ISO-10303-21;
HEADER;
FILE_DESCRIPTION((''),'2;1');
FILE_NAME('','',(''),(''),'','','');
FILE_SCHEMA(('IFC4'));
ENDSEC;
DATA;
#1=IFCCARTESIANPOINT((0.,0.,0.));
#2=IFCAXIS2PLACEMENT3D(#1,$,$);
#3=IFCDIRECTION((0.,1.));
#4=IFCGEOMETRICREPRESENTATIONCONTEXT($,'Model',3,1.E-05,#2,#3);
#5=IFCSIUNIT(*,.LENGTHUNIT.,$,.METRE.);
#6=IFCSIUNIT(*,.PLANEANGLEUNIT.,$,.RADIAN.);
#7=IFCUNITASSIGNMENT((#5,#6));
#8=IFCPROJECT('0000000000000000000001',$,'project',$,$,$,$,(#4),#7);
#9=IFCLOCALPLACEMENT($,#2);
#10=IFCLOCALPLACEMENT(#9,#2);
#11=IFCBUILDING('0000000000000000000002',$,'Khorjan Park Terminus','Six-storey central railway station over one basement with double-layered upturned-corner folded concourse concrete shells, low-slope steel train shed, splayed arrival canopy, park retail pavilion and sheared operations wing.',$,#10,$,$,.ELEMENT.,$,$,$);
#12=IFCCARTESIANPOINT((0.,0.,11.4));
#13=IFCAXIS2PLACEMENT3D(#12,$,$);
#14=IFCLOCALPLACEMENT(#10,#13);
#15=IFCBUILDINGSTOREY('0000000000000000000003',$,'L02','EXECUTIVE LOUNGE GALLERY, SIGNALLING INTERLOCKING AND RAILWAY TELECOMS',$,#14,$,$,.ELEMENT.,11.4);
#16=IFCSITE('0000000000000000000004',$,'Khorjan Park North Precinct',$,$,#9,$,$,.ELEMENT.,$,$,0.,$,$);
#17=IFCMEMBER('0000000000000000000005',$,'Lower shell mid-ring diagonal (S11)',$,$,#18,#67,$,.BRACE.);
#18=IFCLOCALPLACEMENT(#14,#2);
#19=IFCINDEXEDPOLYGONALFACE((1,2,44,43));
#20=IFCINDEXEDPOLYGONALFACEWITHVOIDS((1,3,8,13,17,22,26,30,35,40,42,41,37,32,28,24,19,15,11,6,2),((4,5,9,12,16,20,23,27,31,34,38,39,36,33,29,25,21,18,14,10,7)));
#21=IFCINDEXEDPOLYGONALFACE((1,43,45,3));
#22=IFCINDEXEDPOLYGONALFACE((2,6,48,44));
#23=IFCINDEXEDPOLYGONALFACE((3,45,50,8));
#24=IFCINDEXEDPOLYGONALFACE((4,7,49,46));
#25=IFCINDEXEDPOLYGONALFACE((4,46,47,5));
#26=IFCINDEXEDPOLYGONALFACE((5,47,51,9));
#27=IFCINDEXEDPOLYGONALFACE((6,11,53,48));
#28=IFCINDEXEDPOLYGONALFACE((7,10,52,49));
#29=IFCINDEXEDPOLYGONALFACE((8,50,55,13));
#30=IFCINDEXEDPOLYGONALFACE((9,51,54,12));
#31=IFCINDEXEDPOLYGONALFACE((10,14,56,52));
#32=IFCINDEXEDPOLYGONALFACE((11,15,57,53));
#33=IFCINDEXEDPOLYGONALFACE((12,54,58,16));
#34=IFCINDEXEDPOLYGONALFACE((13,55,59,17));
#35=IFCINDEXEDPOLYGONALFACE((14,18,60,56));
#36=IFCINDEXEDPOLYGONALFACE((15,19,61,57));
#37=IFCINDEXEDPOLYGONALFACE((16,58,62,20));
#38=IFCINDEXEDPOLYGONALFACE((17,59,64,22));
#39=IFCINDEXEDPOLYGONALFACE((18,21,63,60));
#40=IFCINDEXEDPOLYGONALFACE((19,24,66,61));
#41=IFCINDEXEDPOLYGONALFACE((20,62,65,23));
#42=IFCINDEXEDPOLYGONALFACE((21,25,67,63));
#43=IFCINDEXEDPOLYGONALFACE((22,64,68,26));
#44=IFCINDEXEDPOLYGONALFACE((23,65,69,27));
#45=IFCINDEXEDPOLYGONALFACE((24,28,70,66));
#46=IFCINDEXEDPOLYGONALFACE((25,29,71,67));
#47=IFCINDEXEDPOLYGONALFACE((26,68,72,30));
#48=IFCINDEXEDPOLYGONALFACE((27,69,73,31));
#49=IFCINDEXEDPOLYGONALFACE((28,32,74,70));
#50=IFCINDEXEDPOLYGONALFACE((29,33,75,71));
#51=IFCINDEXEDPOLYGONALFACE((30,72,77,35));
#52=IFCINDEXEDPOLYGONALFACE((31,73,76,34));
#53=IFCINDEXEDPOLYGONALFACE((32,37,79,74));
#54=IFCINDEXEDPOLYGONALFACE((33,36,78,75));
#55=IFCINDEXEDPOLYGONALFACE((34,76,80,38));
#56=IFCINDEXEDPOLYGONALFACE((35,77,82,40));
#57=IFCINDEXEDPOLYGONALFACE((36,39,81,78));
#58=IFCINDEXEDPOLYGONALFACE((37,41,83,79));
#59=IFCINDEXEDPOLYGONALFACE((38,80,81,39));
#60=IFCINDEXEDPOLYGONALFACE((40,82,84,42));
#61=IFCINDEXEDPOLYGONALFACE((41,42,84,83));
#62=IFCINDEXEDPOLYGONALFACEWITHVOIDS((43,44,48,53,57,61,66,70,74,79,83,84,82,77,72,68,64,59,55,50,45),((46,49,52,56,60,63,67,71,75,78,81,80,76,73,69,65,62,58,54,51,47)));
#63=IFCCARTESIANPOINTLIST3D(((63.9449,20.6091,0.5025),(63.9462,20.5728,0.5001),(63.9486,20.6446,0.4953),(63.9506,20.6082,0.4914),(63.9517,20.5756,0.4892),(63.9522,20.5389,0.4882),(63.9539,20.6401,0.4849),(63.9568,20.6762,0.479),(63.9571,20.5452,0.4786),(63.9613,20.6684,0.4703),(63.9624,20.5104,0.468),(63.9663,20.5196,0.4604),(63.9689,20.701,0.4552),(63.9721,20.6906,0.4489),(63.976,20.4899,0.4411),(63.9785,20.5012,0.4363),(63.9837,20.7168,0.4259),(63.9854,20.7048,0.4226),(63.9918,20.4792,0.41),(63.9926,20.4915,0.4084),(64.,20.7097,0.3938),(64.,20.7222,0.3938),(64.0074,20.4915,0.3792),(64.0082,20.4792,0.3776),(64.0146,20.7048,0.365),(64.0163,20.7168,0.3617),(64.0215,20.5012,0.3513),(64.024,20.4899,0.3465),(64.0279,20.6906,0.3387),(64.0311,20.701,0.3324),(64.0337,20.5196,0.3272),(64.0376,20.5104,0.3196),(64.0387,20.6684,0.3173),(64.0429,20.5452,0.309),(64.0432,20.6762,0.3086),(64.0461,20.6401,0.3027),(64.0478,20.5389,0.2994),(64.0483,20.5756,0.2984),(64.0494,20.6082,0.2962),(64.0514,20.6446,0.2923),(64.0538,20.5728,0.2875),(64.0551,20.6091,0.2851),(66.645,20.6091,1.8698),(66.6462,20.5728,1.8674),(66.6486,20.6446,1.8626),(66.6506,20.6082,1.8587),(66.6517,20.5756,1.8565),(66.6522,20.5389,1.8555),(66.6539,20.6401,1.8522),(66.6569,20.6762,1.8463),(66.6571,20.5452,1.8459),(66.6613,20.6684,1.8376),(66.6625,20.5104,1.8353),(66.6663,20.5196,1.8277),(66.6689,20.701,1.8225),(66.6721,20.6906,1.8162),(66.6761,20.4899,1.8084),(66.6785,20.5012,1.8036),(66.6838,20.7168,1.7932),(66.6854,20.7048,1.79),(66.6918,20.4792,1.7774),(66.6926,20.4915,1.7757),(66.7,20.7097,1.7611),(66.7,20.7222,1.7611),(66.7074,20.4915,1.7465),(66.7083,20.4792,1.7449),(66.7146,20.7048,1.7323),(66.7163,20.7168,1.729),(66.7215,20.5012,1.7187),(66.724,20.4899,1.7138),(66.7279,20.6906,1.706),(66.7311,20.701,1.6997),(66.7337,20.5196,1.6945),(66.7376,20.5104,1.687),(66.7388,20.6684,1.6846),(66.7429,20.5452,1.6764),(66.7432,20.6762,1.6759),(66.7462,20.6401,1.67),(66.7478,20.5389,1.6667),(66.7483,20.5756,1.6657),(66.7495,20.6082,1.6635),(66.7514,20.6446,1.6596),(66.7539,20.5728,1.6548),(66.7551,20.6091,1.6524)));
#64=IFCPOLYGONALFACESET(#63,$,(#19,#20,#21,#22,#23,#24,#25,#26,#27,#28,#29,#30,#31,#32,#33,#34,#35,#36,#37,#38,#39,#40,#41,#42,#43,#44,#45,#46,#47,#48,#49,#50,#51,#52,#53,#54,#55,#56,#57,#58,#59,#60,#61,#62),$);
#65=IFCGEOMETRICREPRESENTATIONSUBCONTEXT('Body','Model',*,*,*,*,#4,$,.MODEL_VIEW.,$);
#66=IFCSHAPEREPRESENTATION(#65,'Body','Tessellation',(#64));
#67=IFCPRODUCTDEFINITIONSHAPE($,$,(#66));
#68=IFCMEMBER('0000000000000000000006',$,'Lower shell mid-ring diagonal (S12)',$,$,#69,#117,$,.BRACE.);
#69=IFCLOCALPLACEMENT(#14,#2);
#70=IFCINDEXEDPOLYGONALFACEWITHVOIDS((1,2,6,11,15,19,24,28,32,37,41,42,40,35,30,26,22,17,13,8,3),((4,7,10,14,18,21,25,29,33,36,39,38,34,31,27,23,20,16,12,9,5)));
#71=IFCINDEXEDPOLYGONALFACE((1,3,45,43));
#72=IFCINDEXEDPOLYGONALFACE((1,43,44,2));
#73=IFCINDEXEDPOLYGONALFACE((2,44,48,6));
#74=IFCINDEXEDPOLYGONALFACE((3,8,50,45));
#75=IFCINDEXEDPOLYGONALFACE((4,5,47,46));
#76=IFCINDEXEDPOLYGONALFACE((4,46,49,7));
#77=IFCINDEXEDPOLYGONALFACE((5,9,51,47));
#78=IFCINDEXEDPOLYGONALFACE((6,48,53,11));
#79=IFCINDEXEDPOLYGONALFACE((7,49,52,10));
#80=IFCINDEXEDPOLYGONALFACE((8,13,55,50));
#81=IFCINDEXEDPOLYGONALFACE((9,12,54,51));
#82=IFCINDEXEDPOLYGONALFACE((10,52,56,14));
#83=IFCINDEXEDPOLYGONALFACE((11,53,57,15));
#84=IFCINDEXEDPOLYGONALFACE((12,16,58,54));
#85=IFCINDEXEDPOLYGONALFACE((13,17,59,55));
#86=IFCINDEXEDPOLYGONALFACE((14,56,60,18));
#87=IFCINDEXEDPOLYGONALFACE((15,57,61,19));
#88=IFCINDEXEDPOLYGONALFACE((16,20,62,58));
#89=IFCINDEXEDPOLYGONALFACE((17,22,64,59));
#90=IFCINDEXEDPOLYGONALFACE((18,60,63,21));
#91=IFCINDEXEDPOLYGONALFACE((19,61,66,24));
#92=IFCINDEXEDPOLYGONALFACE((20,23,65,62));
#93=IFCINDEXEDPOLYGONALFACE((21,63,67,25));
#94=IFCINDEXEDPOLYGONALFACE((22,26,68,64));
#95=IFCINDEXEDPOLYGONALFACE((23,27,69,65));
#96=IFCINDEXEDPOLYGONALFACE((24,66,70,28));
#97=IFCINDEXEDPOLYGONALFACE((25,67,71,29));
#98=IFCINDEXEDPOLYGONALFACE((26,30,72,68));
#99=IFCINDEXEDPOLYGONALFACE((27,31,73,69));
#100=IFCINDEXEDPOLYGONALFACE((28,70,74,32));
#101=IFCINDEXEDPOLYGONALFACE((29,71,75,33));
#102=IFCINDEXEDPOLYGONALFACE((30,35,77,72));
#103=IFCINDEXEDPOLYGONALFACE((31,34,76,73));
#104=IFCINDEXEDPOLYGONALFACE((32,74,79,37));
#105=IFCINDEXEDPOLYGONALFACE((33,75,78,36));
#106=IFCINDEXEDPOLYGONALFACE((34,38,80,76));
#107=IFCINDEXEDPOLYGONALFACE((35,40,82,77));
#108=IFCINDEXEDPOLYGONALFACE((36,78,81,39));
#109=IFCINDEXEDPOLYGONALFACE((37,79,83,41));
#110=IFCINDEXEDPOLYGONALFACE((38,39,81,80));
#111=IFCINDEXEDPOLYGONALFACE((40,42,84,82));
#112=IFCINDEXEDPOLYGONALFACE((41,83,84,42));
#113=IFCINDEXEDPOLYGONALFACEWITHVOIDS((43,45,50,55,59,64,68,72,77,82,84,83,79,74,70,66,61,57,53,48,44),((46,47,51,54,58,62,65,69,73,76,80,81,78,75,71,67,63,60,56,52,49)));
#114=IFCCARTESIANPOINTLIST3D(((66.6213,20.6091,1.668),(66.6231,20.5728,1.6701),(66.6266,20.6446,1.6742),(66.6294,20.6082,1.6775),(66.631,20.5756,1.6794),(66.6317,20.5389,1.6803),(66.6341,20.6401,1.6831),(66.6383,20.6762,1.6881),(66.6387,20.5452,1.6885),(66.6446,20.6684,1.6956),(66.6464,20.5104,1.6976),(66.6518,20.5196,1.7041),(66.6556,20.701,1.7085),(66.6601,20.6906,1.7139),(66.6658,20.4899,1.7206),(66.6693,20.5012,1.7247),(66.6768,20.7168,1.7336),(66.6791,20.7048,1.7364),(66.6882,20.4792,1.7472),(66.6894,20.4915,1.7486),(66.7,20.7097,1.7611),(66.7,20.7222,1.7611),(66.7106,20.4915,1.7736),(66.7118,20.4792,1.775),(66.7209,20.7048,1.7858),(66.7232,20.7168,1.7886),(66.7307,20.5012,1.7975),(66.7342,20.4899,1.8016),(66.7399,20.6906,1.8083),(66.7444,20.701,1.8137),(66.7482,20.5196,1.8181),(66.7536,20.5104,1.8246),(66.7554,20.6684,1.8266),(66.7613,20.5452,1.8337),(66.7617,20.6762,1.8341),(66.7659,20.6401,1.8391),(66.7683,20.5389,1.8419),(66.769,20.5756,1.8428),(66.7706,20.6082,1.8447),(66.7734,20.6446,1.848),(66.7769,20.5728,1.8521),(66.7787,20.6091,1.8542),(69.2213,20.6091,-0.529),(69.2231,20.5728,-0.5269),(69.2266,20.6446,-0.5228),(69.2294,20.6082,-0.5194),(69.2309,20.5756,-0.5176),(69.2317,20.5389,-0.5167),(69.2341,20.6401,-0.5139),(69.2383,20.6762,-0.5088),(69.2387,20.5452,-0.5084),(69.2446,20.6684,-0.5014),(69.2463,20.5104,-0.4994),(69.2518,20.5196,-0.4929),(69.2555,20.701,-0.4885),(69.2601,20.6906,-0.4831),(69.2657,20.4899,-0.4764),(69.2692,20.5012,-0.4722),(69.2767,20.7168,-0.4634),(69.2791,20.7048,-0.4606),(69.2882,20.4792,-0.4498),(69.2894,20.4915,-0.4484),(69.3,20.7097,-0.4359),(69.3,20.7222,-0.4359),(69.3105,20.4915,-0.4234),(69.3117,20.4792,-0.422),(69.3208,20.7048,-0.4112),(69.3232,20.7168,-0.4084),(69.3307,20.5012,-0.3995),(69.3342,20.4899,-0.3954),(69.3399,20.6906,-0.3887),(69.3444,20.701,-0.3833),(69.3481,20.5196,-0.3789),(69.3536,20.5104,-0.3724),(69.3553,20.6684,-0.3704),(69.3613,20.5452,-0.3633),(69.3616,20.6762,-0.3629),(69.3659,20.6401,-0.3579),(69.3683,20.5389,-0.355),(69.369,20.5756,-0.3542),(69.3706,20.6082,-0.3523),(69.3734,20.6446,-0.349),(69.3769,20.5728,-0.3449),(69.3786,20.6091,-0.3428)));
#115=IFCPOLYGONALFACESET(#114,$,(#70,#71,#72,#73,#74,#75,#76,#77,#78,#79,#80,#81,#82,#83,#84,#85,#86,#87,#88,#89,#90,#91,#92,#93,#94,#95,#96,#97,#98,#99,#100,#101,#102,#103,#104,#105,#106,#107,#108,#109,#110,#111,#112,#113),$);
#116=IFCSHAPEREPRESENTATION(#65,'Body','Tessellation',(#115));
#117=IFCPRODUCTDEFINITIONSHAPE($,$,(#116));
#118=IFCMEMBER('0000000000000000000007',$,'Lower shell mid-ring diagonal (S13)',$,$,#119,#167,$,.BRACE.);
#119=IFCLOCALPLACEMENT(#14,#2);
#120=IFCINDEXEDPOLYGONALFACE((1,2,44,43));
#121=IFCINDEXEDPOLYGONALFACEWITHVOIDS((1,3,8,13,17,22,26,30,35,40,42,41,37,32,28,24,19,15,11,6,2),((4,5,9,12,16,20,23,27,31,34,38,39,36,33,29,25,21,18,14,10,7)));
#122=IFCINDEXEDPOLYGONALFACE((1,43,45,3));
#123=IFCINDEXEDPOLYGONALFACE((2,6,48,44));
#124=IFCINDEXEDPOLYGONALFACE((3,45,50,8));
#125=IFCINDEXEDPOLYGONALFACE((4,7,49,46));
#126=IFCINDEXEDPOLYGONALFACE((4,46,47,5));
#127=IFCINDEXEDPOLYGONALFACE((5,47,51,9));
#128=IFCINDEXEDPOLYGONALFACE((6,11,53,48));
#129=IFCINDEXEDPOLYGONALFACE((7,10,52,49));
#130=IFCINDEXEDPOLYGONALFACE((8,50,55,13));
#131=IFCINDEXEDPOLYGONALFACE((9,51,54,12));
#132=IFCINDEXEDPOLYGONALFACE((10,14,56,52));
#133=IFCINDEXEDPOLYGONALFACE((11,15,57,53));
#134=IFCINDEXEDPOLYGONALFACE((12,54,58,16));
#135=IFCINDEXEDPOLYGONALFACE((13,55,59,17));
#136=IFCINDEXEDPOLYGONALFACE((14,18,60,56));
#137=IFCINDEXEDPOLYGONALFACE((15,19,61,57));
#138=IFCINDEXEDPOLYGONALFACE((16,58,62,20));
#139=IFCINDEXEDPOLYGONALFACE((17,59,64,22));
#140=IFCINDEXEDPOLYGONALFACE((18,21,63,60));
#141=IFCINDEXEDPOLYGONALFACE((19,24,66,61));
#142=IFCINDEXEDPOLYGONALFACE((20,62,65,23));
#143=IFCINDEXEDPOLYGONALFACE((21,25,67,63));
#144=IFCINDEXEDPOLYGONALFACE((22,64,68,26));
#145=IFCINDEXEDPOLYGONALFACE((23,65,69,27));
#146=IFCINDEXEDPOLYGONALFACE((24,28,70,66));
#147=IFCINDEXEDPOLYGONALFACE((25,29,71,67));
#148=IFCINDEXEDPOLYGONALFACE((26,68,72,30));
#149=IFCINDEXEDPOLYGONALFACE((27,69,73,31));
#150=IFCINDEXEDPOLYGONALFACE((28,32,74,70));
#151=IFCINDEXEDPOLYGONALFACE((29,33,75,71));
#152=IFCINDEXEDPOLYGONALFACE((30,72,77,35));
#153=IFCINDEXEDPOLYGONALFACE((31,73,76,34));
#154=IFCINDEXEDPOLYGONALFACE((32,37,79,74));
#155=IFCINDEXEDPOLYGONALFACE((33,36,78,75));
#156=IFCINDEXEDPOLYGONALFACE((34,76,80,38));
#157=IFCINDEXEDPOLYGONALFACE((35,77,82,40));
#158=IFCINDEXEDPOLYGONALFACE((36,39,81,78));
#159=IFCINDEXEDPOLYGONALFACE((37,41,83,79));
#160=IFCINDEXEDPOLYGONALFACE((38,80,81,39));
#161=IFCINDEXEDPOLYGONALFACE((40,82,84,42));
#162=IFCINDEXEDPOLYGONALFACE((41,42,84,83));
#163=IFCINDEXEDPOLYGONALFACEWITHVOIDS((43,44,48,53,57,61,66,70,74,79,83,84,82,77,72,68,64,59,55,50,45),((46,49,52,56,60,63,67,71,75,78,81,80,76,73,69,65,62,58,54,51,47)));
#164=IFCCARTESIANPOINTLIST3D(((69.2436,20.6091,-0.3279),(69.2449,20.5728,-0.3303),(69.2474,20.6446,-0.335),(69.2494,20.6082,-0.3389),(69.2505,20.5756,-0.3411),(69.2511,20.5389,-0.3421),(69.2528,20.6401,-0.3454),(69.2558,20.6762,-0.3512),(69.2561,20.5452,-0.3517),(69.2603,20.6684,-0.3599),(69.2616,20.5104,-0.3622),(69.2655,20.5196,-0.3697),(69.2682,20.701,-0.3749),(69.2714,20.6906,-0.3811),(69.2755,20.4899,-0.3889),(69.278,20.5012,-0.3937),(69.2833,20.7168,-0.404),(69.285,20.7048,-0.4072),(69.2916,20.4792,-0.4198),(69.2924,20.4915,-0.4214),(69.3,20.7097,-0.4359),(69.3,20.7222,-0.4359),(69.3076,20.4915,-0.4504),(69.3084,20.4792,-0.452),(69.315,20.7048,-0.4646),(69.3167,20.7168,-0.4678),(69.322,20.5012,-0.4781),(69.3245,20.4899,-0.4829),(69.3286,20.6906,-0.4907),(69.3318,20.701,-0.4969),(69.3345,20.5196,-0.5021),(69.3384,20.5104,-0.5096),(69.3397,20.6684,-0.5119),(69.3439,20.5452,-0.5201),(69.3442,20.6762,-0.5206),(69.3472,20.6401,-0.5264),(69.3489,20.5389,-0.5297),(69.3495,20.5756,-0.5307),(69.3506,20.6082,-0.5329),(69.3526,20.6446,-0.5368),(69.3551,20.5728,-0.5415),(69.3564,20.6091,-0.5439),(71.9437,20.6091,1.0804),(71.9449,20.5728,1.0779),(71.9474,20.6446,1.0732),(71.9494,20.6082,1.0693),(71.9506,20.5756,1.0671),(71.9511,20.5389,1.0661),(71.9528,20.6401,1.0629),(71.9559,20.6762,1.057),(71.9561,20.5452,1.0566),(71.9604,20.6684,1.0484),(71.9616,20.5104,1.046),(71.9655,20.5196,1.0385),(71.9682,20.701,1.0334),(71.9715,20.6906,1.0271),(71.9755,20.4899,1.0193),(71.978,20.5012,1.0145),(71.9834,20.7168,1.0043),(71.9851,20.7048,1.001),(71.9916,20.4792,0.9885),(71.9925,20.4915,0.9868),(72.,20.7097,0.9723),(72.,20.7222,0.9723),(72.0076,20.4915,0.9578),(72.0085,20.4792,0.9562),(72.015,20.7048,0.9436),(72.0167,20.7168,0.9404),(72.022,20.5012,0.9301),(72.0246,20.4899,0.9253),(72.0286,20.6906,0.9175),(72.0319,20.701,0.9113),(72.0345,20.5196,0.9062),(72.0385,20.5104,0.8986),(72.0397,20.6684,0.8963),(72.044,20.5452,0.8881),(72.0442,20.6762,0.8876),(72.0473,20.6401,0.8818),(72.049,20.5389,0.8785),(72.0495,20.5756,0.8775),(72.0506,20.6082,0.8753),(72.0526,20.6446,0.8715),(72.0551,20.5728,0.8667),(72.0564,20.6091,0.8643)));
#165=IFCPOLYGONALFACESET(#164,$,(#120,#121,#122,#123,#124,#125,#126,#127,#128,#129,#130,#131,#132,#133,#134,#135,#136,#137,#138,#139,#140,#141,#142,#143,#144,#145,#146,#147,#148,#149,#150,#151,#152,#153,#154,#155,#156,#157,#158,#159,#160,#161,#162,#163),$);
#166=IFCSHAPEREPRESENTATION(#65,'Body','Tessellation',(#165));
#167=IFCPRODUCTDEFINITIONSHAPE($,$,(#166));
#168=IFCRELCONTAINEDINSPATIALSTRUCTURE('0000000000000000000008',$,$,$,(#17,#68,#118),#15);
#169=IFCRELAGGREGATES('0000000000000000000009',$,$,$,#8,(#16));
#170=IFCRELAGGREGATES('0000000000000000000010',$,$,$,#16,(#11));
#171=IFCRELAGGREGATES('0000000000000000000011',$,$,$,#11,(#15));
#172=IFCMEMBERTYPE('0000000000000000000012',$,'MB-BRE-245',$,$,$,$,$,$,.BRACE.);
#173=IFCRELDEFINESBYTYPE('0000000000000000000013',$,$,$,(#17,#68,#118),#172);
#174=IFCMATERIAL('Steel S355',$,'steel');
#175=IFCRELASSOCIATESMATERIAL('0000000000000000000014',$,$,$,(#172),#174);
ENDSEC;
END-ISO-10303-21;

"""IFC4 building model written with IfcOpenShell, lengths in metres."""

from ifc_helpers import new_model, si_unit, direction, frame, origin, origin_2d, place, context, subcontext, project, spatial, hollow_circle, extrude, material, material_profile, profile_set, type_object, element, save


model = new_model("IFC4")

# Units and contexts
model_context = context("Model", 3, precision=1e-05, world=origin(), true_north=direction((0.0, 1.0)))
body_context = subcontext(model_context, "Body", "Model", "MODEL_VIEW")
ifc_project = project(units=[si_unit("LENGTHUNIT", "METRE"), si_unit("PLANEANGLEUNIT", "RADIAN")], contexts=[model_context])

# Site, building, storey
site_placement = place(None, origin())
site = spatial("IfcSite", under=ifc_project, at=site_placement, Name="Khorjan Park North Precinct", CompositionType="ELEMENT", RefElevation=0.0)
building_placement = place(site_placement, origin())
building = spatial("IfcBuilding", under=site, at=building_placement, Name="Khorjan Park Terminus", Description="Six-storey central railway station over one basement with double-layered upturned-corner folded concourse concrete shells, low-slope steel train shed, splayed arrival canopy, park retail pavilion and sheared operations wing.", CompositionType="ELEMENT")
storey_placement = place(building_placement, frame((0.0, 0.0, 11.4)))
storey = spatial("IfcBuildingStorey", under=building, at=storey_placement, Name="L02", Description="EXECUTIVE LOUNGE GALLERY, SIGNALLING INTERLOCKING AND RAILWAY TELECOMS", CompositionType="ELEMENT", Elevation=11.4)

# Members
ifc_material_1 = material(Name="Steel S355", Category="steel")
ifc_material_profile_1 = material_profile(ifc_material_1, hollow_circle(Radius=0.1222, WallThickness=0.0125, at=origin_2d()), Name="CHS 244.5x12.5")
ifc_profile_set_1 = profile_set([ifc_material_profile_1], Name="Steel S355")
member_type_1 = type_object("IfcMemberType", Name="MB-BRE-245", PredefinedType="BRACE", material=ifc_profile_set_1)
member_1_placement = place(storey_placement, frame((64.0, 20.6, 0.3938), z_axis=(0.892129, 0.0, 0.451781), x_axis=(0.0, 1.0, 0.0)))
element("IfcMember", 1, at=member_1_placement, inside=storey, type_object=member_type_1, Name="Lower shell mid-ring diagonal (S11)", PredefinedType="BRACE", context=body_context, shape_type="SweptSolid", body=[
    extrude(hollow_circle(Radius=0.1222, WallThickness=0.0125, at=origin_2d()), origin(), (0.0, 0.0, 1.0), 3.0265),
])
member_2_placement = place(storey_placement, frame((66.7, 20.6, 1.7611), z_axis=(0.763821, 0.0, -0.645428), x_axis=(0.0, 1.0, 0.0)))
element("IfcMember", 2, at=member_2_placement, inside=storey, type_object=member_type_1, Name="Lower shell mid-ring diagonal (S12)", PredefinedType="BRACE", context=body_context, shape_type="SweptSolid", body=[
    extrude(hollow_circle(Radius=0.1222, WallThickness=0.0125, at=origin_2d()), origin(), (0.0, 0.0, 1.0), 3.4039),
])
member_3_placement = place(storey_placement, frame((69.3, 20.6, -0.4359), z_axis=(0.886652, 0.0, 0.462438), x_axis=(0.0, 1.0, 0.0)))
element("IfcMember", 3, at=member_3_placement, inside=storey, type_object=member_type_1, Name="Lower shell mid-ring diagonal (S13)", PredefinedType="BRACE", context=body_context, shape_type="SweptSolid", body=[
    extrude(hollow_circle(Radius=0.1222, WallThickness=0.0125, at=origin_2d()), origin(), (0.0, 0.0, 1.0), 3.0452),
])

save(model, "model.ifc")
